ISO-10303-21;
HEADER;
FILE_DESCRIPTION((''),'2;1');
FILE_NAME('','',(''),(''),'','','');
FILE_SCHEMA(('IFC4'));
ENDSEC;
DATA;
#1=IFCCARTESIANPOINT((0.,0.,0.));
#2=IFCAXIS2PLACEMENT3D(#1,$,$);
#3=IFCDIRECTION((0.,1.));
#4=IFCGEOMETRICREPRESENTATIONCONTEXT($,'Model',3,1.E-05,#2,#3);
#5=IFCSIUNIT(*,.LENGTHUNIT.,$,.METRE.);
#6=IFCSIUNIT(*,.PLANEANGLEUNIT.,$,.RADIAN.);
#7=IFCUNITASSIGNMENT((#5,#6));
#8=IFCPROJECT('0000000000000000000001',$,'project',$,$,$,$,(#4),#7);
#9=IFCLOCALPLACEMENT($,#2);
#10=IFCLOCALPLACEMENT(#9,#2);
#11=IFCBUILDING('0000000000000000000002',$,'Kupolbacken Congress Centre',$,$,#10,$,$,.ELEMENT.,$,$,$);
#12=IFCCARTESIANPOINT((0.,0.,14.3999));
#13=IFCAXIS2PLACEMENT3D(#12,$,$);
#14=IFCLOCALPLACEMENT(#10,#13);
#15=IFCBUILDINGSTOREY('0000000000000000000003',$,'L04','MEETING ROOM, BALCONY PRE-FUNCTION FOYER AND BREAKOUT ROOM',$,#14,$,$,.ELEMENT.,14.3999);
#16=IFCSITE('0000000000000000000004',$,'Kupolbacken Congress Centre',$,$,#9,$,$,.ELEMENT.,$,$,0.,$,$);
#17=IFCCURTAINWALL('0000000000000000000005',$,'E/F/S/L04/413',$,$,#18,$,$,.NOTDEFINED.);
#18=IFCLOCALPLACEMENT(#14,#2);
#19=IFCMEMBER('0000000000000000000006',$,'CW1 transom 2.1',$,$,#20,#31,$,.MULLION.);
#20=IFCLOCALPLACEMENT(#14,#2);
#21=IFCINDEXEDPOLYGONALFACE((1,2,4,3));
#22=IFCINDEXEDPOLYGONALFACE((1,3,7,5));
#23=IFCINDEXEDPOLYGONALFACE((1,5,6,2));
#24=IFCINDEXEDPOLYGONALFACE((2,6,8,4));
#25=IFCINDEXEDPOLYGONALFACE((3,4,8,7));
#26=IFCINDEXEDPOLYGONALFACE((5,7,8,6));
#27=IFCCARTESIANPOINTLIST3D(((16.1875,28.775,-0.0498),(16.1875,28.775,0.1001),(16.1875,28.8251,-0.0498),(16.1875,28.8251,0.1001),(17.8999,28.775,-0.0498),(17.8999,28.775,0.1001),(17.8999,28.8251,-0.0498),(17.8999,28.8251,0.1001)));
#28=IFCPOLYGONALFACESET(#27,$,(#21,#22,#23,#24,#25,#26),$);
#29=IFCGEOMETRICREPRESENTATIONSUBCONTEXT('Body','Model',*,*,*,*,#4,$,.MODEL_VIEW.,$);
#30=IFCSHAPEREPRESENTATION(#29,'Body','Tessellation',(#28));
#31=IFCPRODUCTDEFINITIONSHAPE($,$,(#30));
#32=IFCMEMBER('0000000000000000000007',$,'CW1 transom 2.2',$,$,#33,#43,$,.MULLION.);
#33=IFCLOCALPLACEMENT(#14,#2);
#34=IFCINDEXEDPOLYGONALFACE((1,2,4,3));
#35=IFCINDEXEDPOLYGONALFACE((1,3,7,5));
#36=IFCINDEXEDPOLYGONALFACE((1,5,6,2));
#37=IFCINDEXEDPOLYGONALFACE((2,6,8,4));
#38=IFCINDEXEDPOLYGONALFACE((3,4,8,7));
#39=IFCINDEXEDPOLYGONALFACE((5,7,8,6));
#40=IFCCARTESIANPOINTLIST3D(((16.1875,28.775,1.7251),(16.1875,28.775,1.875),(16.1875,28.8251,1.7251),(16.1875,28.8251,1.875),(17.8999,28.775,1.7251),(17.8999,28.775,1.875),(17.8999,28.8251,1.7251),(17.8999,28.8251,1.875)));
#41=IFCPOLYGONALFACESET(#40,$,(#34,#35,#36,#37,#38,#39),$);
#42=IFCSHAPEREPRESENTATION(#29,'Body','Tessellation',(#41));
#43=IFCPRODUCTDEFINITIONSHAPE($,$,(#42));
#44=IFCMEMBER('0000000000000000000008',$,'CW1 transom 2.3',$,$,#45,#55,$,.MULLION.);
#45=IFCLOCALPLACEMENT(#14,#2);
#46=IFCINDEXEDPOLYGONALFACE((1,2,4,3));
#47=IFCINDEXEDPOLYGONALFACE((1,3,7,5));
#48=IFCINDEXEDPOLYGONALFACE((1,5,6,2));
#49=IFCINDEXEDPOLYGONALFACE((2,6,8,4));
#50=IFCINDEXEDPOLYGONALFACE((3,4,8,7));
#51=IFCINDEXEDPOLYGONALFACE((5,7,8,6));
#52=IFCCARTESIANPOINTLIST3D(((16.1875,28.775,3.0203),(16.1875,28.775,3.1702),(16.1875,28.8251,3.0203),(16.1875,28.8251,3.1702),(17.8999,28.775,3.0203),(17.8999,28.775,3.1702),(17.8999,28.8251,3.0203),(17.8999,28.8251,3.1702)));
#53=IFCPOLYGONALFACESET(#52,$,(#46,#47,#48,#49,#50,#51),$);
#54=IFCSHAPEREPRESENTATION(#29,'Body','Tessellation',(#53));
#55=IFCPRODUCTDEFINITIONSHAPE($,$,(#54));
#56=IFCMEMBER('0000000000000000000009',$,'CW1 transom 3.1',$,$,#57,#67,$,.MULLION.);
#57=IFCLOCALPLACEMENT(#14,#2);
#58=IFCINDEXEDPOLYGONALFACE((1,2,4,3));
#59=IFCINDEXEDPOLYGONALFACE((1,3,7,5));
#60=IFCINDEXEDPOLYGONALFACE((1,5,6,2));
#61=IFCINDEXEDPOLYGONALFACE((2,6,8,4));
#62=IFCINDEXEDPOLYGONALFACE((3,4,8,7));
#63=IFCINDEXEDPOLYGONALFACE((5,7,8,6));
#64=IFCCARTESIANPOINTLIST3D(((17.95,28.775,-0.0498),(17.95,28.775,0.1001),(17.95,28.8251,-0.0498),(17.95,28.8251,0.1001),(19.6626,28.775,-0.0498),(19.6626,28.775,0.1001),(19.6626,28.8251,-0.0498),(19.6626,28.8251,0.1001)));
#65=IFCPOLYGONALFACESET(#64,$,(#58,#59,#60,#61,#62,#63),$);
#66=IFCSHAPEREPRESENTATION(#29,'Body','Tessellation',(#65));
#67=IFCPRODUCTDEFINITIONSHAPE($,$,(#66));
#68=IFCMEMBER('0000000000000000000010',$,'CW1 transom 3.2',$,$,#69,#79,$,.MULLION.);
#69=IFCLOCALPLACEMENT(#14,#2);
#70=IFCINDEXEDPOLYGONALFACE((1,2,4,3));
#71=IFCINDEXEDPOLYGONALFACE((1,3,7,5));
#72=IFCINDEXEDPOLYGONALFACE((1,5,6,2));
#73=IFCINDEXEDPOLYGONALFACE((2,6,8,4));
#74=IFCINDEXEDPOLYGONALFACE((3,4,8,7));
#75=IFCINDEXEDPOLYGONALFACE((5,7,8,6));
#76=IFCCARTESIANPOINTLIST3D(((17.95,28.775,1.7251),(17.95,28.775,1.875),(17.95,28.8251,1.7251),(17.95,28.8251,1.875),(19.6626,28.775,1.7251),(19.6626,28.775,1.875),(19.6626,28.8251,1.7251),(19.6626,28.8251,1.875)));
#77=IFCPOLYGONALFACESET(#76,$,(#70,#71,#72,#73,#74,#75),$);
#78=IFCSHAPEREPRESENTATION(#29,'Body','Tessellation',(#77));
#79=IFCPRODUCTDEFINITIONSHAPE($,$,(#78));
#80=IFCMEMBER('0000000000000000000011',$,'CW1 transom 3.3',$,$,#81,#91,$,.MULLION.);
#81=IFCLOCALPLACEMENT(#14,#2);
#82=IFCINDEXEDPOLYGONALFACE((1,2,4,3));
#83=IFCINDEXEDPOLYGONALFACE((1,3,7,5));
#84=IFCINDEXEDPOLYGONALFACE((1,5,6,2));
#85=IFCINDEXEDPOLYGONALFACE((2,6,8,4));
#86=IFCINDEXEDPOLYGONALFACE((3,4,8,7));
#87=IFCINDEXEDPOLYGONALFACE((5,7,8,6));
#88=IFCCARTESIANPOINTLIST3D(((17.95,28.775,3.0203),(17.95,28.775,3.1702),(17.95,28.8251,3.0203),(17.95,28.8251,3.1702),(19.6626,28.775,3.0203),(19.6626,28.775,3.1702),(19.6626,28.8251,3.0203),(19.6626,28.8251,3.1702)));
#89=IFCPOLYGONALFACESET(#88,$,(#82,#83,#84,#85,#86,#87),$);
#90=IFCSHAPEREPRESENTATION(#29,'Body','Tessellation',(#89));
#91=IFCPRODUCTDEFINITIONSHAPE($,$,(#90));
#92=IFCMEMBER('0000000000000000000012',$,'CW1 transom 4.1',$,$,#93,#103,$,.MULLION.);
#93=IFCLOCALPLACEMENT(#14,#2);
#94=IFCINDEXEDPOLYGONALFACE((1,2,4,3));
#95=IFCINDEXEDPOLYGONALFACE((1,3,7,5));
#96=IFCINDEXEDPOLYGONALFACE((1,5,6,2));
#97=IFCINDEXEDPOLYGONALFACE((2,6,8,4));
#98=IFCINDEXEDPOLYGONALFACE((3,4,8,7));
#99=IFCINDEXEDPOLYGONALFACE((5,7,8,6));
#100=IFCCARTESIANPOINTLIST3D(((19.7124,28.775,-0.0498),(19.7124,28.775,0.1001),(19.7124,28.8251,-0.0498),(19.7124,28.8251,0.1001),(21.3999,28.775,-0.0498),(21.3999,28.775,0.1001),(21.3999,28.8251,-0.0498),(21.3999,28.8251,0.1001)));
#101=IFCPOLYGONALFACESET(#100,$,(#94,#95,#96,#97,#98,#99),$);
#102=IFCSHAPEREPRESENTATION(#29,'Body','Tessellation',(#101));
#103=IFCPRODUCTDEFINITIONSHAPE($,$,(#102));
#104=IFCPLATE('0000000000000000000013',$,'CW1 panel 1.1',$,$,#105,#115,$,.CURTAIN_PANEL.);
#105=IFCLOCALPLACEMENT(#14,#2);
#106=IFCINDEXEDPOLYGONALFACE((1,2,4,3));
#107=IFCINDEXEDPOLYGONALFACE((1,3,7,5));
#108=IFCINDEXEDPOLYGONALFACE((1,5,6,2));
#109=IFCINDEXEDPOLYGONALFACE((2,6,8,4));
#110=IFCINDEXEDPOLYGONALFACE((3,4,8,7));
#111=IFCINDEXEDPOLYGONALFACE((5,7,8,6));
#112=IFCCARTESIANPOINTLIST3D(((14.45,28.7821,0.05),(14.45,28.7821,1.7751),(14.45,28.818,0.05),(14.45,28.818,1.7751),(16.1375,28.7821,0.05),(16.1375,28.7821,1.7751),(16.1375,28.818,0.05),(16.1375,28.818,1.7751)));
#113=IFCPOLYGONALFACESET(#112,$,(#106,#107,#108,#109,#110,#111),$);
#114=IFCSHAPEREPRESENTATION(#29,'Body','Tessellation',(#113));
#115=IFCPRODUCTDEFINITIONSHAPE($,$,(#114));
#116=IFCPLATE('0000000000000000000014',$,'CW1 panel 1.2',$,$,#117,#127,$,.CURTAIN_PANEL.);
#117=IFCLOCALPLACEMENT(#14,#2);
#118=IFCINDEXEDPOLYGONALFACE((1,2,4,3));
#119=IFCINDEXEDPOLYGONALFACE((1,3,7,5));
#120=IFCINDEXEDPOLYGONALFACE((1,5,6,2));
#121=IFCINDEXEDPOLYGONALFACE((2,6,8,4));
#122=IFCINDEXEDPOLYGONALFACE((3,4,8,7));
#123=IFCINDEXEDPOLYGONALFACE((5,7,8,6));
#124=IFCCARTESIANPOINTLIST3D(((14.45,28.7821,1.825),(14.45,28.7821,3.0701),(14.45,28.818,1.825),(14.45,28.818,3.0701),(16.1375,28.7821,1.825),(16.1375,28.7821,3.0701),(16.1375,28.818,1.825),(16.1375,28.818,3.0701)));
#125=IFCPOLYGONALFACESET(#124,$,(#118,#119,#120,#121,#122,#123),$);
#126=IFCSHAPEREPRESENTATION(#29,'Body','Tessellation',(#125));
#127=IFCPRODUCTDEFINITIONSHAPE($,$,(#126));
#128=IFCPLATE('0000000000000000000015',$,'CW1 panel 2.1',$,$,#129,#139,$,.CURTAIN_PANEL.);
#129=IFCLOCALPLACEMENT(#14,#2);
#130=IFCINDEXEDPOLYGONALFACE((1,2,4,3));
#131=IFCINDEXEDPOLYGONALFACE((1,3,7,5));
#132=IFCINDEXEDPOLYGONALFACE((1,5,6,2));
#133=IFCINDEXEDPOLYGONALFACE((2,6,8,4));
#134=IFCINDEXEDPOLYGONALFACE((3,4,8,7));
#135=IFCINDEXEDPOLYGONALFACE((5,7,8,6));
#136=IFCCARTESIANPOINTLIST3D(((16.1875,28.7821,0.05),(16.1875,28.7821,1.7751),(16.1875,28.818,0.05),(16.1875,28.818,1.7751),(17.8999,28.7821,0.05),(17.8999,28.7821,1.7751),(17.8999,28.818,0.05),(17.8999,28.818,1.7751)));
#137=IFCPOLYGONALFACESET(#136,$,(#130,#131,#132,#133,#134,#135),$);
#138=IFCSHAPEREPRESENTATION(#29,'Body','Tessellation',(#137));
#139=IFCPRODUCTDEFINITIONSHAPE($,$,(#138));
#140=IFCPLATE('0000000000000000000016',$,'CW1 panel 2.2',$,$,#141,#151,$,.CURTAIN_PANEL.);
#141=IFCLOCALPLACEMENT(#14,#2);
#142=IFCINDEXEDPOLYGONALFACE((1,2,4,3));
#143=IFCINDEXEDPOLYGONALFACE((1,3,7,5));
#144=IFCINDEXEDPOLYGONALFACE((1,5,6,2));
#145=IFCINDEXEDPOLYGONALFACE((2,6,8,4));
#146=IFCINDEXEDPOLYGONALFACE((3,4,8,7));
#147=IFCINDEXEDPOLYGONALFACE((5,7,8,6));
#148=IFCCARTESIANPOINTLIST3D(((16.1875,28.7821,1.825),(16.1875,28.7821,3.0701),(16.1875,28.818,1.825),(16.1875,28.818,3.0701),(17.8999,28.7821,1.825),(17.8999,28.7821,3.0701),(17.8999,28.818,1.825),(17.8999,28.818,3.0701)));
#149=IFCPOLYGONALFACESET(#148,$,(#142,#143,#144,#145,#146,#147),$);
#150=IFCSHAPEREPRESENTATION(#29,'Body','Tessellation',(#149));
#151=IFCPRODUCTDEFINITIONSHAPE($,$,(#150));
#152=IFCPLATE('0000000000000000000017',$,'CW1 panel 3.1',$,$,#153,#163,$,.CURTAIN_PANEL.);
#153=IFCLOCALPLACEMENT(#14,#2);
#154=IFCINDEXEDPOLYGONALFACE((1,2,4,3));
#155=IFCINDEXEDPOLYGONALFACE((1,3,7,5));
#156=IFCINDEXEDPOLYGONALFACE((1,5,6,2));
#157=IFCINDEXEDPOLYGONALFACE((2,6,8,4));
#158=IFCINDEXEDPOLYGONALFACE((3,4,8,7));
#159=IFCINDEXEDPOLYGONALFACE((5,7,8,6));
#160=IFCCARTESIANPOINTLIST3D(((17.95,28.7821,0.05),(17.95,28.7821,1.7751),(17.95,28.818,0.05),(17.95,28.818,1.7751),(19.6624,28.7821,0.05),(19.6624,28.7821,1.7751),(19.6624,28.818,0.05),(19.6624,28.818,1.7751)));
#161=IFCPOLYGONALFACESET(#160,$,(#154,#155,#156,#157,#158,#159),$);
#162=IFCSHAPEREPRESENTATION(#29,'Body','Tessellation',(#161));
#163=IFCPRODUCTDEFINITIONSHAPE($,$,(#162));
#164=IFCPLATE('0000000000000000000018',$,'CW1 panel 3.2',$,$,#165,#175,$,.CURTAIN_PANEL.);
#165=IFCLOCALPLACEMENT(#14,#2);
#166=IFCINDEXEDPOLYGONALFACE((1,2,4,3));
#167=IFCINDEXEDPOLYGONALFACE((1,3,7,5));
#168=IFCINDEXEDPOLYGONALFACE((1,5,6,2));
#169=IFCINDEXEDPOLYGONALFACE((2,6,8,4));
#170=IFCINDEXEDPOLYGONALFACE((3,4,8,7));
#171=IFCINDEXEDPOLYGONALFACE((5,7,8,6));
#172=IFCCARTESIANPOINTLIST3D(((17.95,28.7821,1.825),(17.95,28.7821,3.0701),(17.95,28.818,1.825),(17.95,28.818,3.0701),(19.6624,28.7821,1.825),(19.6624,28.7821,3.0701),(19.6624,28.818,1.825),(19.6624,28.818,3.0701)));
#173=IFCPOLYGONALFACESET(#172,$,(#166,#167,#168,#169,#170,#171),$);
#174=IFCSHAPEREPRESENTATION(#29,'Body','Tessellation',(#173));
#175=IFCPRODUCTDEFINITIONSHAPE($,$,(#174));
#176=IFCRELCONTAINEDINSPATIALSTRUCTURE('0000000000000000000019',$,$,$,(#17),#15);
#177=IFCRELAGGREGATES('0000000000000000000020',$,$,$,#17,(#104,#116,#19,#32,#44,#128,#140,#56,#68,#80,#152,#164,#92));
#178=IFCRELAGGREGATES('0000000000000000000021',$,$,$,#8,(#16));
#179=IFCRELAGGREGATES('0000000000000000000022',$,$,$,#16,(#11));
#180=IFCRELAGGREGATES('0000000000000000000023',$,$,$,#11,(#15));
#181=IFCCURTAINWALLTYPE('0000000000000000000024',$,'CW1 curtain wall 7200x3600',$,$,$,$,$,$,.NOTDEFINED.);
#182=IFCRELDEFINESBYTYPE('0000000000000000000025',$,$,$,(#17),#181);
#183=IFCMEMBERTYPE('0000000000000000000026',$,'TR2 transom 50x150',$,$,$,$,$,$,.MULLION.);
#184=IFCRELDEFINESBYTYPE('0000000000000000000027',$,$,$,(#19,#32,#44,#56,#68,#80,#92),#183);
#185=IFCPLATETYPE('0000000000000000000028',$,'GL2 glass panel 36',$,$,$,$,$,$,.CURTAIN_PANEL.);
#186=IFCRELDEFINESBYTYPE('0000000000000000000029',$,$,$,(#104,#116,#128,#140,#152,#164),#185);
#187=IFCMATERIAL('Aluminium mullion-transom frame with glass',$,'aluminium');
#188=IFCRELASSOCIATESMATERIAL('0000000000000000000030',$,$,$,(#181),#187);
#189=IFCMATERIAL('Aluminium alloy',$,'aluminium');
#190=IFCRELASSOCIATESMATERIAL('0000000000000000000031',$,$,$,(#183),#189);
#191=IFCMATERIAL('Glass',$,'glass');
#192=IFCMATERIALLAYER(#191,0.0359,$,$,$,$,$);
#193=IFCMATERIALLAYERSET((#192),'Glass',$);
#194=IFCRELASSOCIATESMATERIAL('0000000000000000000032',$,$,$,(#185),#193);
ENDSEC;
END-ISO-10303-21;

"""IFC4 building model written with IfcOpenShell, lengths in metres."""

from ifc_helpers import new_model, si_unit, direction, frame, origin, origin_2d, place, context, subcontext, project, spatial, rectangle, extrude, material, layer, layer_set, material_profile, profile_set, type_object, element, aggregate, save


model = new_model("IFC4")

# Units and contexts
model_context = context("Model", 3, precision=1e-05, world=origin(), true_north=direction((0.0, 1.0)))
body_context = subcontext(model_context, "Body", "Model", "MODEL_VIEW")
ifc_project = project(units=[si_unit("LENGTHUNIT", "METRE"), si_unit("PLANEANGLEUNIT", "RADIAN")], contexts=[model_context])

# Site, building, storey
site_placement = place(None, origin())
site = spatial("IfcSite", under=ifc_project, at=site_placement, Name="Kupolbacken Congress Centre", CompositionType="ELEMENT", RefElevation=0.0)
building_placement = place(site_placement, origin())
building = spatial("IfcBuilding", under=site, at=building_placement, Name="Kupolbacken Congress Centre", CompositionType="ELEMENT")
storey_placement = place(building_placement, frame((0.0, 0.0, 14.3999)))
storey = spatial("IfcBuildingStorey", under=building, at=storey_placement, Name="L04", Description="MEETING ROOM, BALCONY PRE-FUNCTION FOYER AND BREAKOUT ROOM", CompositionType="ELEMENT", Elevation=14.3999)

# Curtain wall, members, plates
ifc_material_1 = material(Name="Aluminium mullion-transom frame with glass", Category="aluminium")
curtain_wall_type = type_object("IfcCurtainWallType", Name="CW1 curtain wall 7200x3600", PredefinedType="NOTDEFINED", material=ifc_material_1)
curtain_wall_placement = place(storey_placement, origin())
curtain_wall = element("IfcCurtainWall", 1, at=curtain_wall_placement, inside=storey, type_object=curtain_wall_type, Name="E/F/S/L04/413", PredefinedType="NOTDEFINED")
ifc_material_2 = material(Name="Aluminium alloy", Category="aluminium")
ifc_material_profile_1 = material_profile(ifc_material_2, rectangle(XDim=0.05, YDim=0.1499, at=origin_2d()), Name="50 x 150")
ifc_profile_set_1 = profile_set([ifc_material_profile_1], Name="Aluminium alloy")
member_type_1 = type_object("IfcMemberType", Name="TR2 transom 50x150", PredefinedType="MULLION", material=ifc_profile_set_1)
member_1_placement = place(storey_placement, frame((16.1875, 28.8, 0.0251), z_axis=(1.0, 0.0, 0.0), x_axis=(0.0, 1.0, 0.0)))
member_1 = element("IfcMember", 2, at=member_1_placement, type_object=member_type_1, Name="CW1 transom 2.1", PredefinedType="MULLION", context=body_context, shape_type="SweptSolid", body=[
    extrude(rectangle(XDim=0.05, YDim=0.1499, at=origin_2d()), origin(), (0.0, 0.0, 1.0), 1.7124),
])
member_2_placement = place(storey_placement, frame((16.1875, 28.8, 1.8), z_axis=(1.0, 0.0, 0.0), x_axis=(0.0, 1.0, 0.0)))
member_2 = element("IfcMember", 3, at=member_2_placement, type_object=member_type_1, Name="CW1 transom 2.2", PredefinedType="MULLION", context=body_context, shape_type="SweptSolid", body=[
    extrude(rectangle(XDim=0.05, YDim=0.1499, at=origin_2d()), origin(), (0.0, 0.0, 1.0), 1.7124),
])
member_3_placement = place(storey_placement, frame((16.1875, 28.8, 3.0952), z_axis=(1.0, 0.0, 0.0), x_axis=(0.0, 1.0, 0.0)))
member_3 = element("IfcMember", 4, at=member_3_placement, type_object=member_type_1, Name="CW1 transom 2.3", PredefinedType="MULLION", context=body_context, shape_type="SweptSolid", body=[
    extrude(rectangle(XDim=0.05, YDim=0.1499, at=origin_2d()), origin(), (0.0, 0.0, 1.0), 1.7124),
])
member_4_placement = place(storey_placement, frame((17.95, 28.8, 0.0251), z_axis=(1.0, 0.0, 0.0), x_axis=(0.0, 1.0, 0.0)))
member_4 = element("IfcMember", 5, at=member_4_placement, type_object=member_type_1, Name="CW1 transom 3.1", PredefinedType="MULLION", context=body_context, shape_type="SweptSolid", body=[
    extrude(rectangle(XDim=0.05, YDim=0.1499, at=origin_2d()), origin(), (0.0, 0.0, 1.0), 1.7126),
])
member_5_placement = place(storey_placement, frame((17.95, 28.8, 1.8), z_axis=(1.0, 0.0, 0.0), x_axis=(0.0, 1.0, 0.0)))
member_5 = element("IfcMember", 6, at=member_5_placement, type_object=member_type_1, Name="CW1 transom 3.2", PredefinedType="MULLION", context=body_context, shape_type="SweptSolid", body=[
    extrude(rectangle(XDim=0.05, YDim=0.1499, at=origin_2d()), origin(), (0.0, 0.0, 1.0), 1.7126),
])
member_6_placement = place(storey_placement, frame((17.95, 28.8, 3.0952), z_axis=(1.0, 0.0, 0.0), x_axis=(0.0, 1.0, 0.0)))
member_6 = element("IfcMember", 7, at=member_6_placement, type_object=member_type_1, Name="CW1 transom 3.3", PredefinedType="MULLION", context=body_context, shape_type="SweptSolid", body=[
    extrude(rectangle(XDim=0.05, YDim=0.1499, at=origin_2d()), origin(), (0.0, 0.0, 1.0), 1.7126),
])
member_7_placement = place(storey_placement, frame((19.7124, 28.8, 0.0251), z_axis=(1.0, 0.0, 0.0), x_axis=(0.0, 1.0, 0.0)))
member_7 = element("IfcMember", 8, at=member_7_placement, type_object=member_type_1, Name="CW1 transom 4.1", PredefinedType="MULLION", context=body_context, shape_type="SweptSolid", body=[
    extrude(rectangle(XDim=0.05, YDim=0.1499, at=origin_2d()), origin(), (0.0, 0.0, 1.0), 1.6875),
])
ifc_material_3 = material(Name="Glass", Category="glass")
ifc_layer = layer(ifc_material_3, 0.0359)
ifc_layer_set = layer_set([ifc_layer], Name="Glass")
plate_type = type_object("IfcPlateType", Name="GL2 glass panel 36", PredefinedType="CURTAIN_PANEL", material=ifc_layer_set)
plate_1_placement = place(storey_placement, frame((15.2937, 28.8, 0.05), z_axis=(0.0, 0.0, 1.0), x_axis=(1.0, 0.0, 0.0)))
plate_1 = element("IfcPlate", 9, at=plate_1_placement, type_object=plate_type, Name="CW1 panel 1.1", PredefinedType="CURTAIN_PANEL", context=body_context, shape_type="SweptSolid", body=[
    extrude(rectangle(XDim=1.6875, YDim=0.0359, at=origin_2d()), origin(), (0.0, 0.0, 1.0), 1.7251),
])
plate_2_placement = place(storey_placement, frame((15.2937, 28.8, 1.825), z_axis=(0.0, 0.0, 1.0), x_axis=(1.0, 0.0, 0.0)))
plate_2 = element("IfcPlate", 10, at=plate_2_placement, type_object=plate_type, Name="CW1 panel 1.2", PredefinedType="CURTAIN_PANEL", context=body_context, shape_type="SweptSolid", body=[
    extrude(rectangle(XDim=1.6875, YDim=0.0359, at=origin_2d()), origin(), (0.0, 0.0, 1.0), 1.2451),
])
plate_3_placement = place(storey_placement, frame((17.0437, 28.8, 0.05), z_axis=(0.0, 0.0, 1.0), x_axis=(1.0, 0.0, 0.0)))
plate_3 = element("IfcPlate", 11, at=plate_3_placement, type_object=plate_type, Name="CW1 panel 2.1", PredefinedType="CURTAIN_PANEL", context=body_context, shape_type="SweptSolid", body=[
    extrude(rectangle(XDim=1.7124, YDim=0.0359, at=origin_2d()), origin(), (0.0, 0.0, 1.0), 1.7251),
])
plate_4_placement = place(storey_placement, frame((17.0437, 28.8, 1.825), z_axis=(0.0, 0.0, 1.0), x_axis=(1.0, 0.0, 0.0)))
plate_4 = element("IfcPlate", 12, at=plate_4_placement, type_object=plate_type, Name="CW1 panel 2.2", PredefinedType="CURTAIN_PANEL", context=body_context, shape_type="SweptSolid", body=[
    extrude(rectangle(XDim=1.7124, YDim=0.0359, at=origin_2d()), origin(), (0.0, 0.0, 1.0), 1.2451),
])
plate_5_placement = place(storey_placement, frame((18.8062, 28.8, 0.05), z_axis=(0.0, 0.0, 1.0), x_axis=(1.0, 0.0, 0.0)))
plate_5 = element("IfcPlate", 13, at=plate_5_placement, type_object=plate_type, Name="CW1 panel 3.1", PredefinedType="CURTAIN_PANEL", context=body_context, shape_type="SweptSolid", body=[
    extrude(rectangle(XDim=1.7124, YDim=0.0359, at=origin_2d()), origin(), (0.0, 0.0, 1.0), 1.7251),
])
plate_6_placement = place(storey_placement, frame((18.8062, 28.8, 1.825), z_axis=(0.0, 0.0, 1.0), x_axis=(1.0, 0.0, 0.0)))
plate_6 = element("IfcPlate", 14, at=plate_6_placement, type_object=plate_type, Name="CW1 panel 3.2", PredefinedType="CURTAIN_PANEL", context=body_context, shape_type="SweptSolid", body=[
    extrude(rectangle(XDim=1.7124, YDim=0.0359, at=origin_2d()), origin(), (0.0, 0.0, 1.0), 1.2451),
])
aggregate(curtain_wall, [plate_1, plate_2, member_1, member_2, member_3, plate_3, plate_4, member_4, member_5, member_6, plate_5, plate_6, member_7])

save(model, "model.ifc")
